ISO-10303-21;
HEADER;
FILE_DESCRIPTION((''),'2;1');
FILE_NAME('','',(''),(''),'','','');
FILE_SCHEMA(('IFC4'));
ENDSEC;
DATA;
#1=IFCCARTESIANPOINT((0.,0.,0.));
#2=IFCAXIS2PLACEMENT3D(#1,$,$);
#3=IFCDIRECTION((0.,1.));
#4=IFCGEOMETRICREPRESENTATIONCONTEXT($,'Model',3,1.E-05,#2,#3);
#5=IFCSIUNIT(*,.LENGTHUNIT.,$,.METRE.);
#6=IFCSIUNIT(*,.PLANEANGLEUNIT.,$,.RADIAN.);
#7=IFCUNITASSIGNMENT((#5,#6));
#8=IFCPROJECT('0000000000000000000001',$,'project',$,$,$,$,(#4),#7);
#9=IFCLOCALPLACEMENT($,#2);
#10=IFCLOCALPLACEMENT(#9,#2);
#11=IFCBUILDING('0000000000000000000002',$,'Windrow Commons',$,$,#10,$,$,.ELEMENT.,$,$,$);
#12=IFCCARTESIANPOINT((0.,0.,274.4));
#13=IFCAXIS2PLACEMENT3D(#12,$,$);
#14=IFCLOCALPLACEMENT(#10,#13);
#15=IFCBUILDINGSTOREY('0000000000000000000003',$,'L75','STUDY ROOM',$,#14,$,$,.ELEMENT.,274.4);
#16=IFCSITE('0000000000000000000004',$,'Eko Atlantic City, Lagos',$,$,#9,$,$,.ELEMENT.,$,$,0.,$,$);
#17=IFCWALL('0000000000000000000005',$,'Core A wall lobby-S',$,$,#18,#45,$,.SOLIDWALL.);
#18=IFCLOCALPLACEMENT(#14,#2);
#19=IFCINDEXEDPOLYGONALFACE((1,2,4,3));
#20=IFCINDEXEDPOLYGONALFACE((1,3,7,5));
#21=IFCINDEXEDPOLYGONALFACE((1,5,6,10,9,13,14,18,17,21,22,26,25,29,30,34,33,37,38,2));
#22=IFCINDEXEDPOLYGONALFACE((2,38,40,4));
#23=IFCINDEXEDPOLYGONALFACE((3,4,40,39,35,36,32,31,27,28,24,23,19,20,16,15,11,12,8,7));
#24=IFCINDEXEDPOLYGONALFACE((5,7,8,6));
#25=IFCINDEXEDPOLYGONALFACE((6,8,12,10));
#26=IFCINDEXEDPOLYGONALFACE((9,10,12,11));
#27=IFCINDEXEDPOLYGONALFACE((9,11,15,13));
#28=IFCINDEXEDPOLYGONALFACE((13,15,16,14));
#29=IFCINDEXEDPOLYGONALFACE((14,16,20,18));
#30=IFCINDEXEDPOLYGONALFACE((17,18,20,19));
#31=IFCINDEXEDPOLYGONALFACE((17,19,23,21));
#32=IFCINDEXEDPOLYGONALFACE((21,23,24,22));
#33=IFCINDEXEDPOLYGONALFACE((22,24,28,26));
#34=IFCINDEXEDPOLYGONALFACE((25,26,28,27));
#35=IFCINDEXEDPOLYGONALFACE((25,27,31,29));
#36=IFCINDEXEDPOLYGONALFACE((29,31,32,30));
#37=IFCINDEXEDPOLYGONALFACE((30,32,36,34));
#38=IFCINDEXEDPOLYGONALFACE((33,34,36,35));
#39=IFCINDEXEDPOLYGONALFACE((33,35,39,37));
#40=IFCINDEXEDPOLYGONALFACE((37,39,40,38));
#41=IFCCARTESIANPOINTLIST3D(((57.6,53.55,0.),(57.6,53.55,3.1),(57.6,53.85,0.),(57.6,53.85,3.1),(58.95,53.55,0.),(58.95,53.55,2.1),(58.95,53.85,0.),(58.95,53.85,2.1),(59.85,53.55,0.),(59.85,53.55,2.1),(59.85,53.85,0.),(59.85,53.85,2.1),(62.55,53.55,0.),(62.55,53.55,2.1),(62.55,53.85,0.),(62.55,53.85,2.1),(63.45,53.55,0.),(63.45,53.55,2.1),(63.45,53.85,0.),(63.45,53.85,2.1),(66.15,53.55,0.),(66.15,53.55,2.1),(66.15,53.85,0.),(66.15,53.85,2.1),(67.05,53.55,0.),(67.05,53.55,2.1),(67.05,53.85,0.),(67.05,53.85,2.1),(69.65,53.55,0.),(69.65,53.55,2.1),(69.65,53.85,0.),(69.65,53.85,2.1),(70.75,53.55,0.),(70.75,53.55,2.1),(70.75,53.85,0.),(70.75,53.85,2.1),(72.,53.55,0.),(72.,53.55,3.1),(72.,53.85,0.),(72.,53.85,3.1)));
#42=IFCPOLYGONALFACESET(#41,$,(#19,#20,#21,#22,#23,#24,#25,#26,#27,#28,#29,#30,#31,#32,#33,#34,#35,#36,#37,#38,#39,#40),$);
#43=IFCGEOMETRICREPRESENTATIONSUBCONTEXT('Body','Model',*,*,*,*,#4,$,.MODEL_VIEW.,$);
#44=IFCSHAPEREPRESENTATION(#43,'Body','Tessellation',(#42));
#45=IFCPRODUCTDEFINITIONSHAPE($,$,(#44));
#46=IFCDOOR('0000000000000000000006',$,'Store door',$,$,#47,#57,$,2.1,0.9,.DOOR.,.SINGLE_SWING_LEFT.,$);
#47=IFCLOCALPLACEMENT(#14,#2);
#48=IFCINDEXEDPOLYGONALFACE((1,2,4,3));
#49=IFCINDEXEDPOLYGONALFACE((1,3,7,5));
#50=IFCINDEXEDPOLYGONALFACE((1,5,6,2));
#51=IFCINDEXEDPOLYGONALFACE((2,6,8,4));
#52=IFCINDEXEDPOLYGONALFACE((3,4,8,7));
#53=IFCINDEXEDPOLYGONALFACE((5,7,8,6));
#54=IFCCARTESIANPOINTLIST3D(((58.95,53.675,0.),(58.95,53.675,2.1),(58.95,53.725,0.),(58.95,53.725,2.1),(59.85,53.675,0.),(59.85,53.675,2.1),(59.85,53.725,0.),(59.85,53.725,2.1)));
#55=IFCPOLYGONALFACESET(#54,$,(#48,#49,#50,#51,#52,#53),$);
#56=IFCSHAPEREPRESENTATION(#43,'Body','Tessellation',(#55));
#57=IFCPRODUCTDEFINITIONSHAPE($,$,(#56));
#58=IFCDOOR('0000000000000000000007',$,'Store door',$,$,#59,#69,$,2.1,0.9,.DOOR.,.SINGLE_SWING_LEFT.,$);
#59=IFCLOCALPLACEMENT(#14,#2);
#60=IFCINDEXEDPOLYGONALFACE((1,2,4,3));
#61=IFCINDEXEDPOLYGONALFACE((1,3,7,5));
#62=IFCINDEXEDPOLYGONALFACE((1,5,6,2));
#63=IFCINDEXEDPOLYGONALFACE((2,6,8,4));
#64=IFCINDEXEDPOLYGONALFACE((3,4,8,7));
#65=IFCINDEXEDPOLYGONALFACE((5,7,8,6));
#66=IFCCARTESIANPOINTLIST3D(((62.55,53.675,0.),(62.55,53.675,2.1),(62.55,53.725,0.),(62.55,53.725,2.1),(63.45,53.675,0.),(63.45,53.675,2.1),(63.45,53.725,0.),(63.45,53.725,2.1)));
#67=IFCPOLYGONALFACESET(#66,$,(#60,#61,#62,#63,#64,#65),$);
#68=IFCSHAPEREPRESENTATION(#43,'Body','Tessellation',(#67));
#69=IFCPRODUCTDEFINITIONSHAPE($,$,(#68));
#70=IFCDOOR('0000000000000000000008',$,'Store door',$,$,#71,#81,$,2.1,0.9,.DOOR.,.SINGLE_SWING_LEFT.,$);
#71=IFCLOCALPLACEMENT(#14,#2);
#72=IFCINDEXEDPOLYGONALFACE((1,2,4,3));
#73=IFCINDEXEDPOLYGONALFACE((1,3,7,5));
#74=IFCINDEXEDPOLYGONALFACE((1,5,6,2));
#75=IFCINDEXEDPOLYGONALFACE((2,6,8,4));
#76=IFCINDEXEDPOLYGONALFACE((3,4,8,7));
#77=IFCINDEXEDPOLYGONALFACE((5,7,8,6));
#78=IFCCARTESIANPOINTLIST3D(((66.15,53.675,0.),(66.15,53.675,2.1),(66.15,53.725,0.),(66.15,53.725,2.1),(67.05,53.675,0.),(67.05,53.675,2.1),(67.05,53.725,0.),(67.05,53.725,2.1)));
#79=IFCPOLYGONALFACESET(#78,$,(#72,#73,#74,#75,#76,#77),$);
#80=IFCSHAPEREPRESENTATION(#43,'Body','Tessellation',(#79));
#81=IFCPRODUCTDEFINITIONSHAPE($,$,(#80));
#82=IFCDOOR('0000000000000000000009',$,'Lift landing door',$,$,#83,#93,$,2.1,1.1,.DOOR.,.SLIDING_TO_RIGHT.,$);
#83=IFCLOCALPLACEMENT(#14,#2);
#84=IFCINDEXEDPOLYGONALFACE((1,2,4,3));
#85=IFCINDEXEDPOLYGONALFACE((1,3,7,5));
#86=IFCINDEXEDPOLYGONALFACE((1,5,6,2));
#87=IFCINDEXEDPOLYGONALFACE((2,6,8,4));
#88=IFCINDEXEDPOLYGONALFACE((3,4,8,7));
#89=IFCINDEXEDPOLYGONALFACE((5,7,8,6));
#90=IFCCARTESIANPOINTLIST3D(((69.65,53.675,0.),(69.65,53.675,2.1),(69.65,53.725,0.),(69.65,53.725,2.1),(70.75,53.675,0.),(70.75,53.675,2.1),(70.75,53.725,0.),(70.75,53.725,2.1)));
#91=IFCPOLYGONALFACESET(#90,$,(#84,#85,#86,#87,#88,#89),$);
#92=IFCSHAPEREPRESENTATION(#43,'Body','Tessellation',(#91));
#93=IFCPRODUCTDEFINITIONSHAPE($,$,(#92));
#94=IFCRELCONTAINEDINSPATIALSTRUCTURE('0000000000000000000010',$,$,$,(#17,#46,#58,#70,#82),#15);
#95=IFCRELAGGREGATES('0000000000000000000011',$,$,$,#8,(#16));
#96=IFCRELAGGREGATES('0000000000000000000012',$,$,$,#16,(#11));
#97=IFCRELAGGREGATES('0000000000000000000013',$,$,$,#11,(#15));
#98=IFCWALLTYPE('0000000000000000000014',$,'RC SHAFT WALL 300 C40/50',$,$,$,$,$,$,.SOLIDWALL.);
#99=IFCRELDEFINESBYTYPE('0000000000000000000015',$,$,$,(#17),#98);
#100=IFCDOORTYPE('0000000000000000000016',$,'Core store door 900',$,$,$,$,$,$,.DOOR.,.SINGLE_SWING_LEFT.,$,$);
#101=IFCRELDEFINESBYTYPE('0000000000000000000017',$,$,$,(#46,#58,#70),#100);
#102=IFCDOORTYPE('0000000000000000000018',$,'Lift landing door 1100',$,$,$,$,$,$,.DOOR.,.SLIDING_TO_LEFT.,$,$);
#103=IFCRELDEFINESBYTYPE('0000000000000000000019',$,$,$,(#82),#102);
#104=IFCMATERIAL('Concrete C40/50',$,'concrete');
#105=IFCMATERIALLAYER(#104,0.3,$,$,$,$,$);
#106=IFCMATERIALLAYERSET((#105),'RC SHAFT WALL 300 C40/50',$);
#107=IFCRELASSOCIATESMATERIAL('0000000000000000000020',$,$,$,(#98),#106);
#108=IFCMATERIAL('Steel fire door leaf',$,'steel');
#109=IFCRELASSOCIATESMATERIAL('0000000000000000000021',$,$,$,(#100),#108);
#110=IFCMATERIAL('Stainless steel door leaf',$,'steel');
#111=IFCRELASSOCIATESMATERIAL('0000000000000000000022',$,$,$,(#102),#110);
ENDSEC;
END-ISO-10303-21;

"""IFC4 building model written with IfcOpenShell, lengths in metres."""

from ifc_helpers import new_model, si_unit, direction, frame, frame_2d, origin, place, context, subcontext, project, spatial, rectangle, extrude, material, layer, layer_set, type_object, element, fill, save


model = new_model("IFC4")

# Units and contexts
model_context = context("Model", 3, precision=1e-05, world=origin(), true_north=direction((0.0, 1.0)))
body_context = subcontext(model_context, "Body", "Model", "MODEL_VIEW")
ifc_project = project(units=[si_unit("LENGTHUNIT", "METRE"), si_unit("PLANEANGLEUNIT", "RADIAN")], contexts=[model_context])

# Site, building, storey
site_placement = place(None, origin())
site = spatial("IfcSite", under=ifc_project, at=site_placement, Name="Eko Atlantic City, Lagos", CompositionType="ELEMENT", RefElevation=0.0)
building_placement = place(site_placement, origin())
building = spatial("IfcBuilding", under=site, at=building_placement, Name="Windrow Commons", CompositionType="ELEMENT")
storey_placement = place(building_placement, frame((0.0, 0.0, 274.4)))
storey = spatial("IfcBuildingStorey", under=building, at=storey_placement, Name="L75", Description="STUDY ROOM", CompositionType="ELEMENT", Elevation=274.4)

# Wall, openings, doors
ifc_material_1 = material(Name="Concrete C40/50", Category="concrete")
ifc_layer_1 = layer(ifc_material_1, 0.3)
ifc_layer_set_1 = layer_set([ifc_layer_1], Name="RC SHAFT WALL 300 C40/50")
wall_type_1 = type_object("IfcWallType", Name="RC SHAFT WALL 300 C40/50", PredefinedType="SOLIDWALL", material=ifc_layer_set_1)
wall_1_placement = place(storey_placement, frame((57.6, 53.7, 0.0), z_axis=(0.0, 0.0, 1.0), x_axis=(1.0, 0.0, 0.0)))
wall_1 = element("IfcWall", 1, at=wall_1_placement, inside=storey, type_object=wall_type_1, Name="Core A wall lobby-S", PredefinedType="SOLIDWALL", context=body_context, shape_type="SweptSolid", body=[
    extrude(rectangle(XDim=14.4, YDim=0.3, at=frame_2d((7.2, 0.0))), origin(), (0.0, 0.0, 1.0), 3.1),
])
opening_1_placement = place(wall_1_placement, frame((1.35, 0.0, 0.0)))
opening_1 = element("IfcOpeningElement", 2, at=opening_1_placement, cuts=wall_1, PredefinedType="OPENING", context=body_context, shape_type="SweptSolid", body=[
    extrude(rectangle(XDim=0.9, YDim=2.1, at=frame_2d((0.45, 1.05))), frame((0.0, 0.16, 0.0), z_axis=(0.0, -1.0, 0.0), x_axis=(1.0, 0.0, 0.0)), (0.0, 0.0, 1.0), 0.32),
])
opening_2_placement = place(wall_1_placement, frame((4.95, 0.0, 0.0)))
opening_2 = element("IfcOpeningElement", 3, at=opening_2_placement, cuts=wall_1, PredefinedType="OPENING", context=body_context, shape_type="SweptSolid", body=[
    extrude(rectangle(XDim=0.9, YDim=2.1, at=frame_2d((0.45, 1.05))), frame((0.0, 0.16, 0.0), z_axis=(0.0, -1.0, 0.0), x_axis=(1.0, 0.0, 0.0)), (0.0, 0.0, 1.0), 0.32),
])
opening_3_placement = place(wall_1_placement, frame((8.55, 0.0, 0.0)))
opening_3 = element("IfcOpeningElement", 4, at=opening_3_placement, cuts=wall_1, PredefinedType="OPENING", context=body_context, shape_type="SweptSolid", body=[
    extrude(rectangle(XDim=0.9, YDim=2.1, at=frame_2d((0.45, 1.05))), frame((0.0, 0.16, 0.0), z_axis=(0.0, -1.0, 0.0), x_axis=(1.0, 0.0, 0.0)), (0.0, 0.0, 1.0), 0.32),
])
opening_4_placement = place(wall_1_placement, frame((12.05, 0.0, 0.0)))
opening_4 = element("IfcOpeningElement", 5, at=opening_4_placement, cuts=wall_1, PredefinedType="OPENING", context=body_context, shape_type="SweptSolid", body=[
    extrude(rectangle(XDim=1.1, YDim=2.1, at=frame_2d((0.55, 1.05))), frame((0.0, 0.16, 0.0), z_axis=(0.0, -1.0, 0.0), x_axis=(1.0, 0.0, 0.0)), (0.0, 0.0, 1.0), 0.32),
])
ifc_material_2 = material(Name="Steel fire door leaf", Category="steel")
door_type_1 = type_object("IfcDoorType", Name="Core store door 900", OperationType="SINGLE_SWING_LEFT", PredefinedType="DOOR", material=ifc_material_2)
door_1_placement = place(opening_1_placement, origin())
door_1 = element("IfcDoor", 6, at=door_1_placement, inside=storey, type_object=door_type_1, Name="Store door", OperationType="SINGLE_SWING_LEFT", OverallHeight=2.1, OverallWidth=0.9, PredefinedType="DOOR", context=body_context, shape_type="SweptSolid", body=[
    extrude(rectangle(XDim=0.9, YDim=2.1, at=frame_2d((0.45, 1.05))), frame((0.0, 0.025, 0.0), z_axis=(0.0, -1.0, 0.0), x_axis=(1.0, 0.0, 0.0)), (0.0, 0.0, 1.0), 0.05),
])
fill(opening_1, door_1)
door_2_placement = place(opening_2_placement, origin())
door_2 = element("IfcDoor", 7, at=door_2_placement, inside=storey, type_object=door_type_1, Name="Store door", OperationType="SINGLE_SWING_LEFT", OverallHeight=2.1, OverallWidth=0.9, PredefinedType="DOOR", context=body_context, shape_type="SweptSolid", body=[
    extrude(rectangle(XDim=0.9, YDim=2.1, at=frame_2d((0.45, 1.05))), frame((0.0, 0.025, 0.0), z_axis=(0.0, -1.0, 0.0), x_axis=(1.0, 0.0, 0.0)), (0.0, 0.0, 1.0), 0.05),
])
fill(opening_2, door_2)
door_3_placement = place(opening_3_placement, origin())
door_3 = element("IfcDoor", 8, at=door_3_placement, inside=storey, type_object=door_type_1, Name="Store door", OperationType="SINGLE_SWING_LEFT", OverallHeight=2.1, OverallWidth=0.9, PredefinedType="DOOR", context=body_context, shape_type="SweptSolid", body=[
    extrude(rectangle(XDim=0.9, YDim=2.1, at=frame_2d((0.45, 1.05))), frame((0.0, 0.025, 0.0), z_axis=(0.0, -1.0, 0.0), x_axis=(1.0, 0.0, 0.0)), (0.0, 0.0, 1.0), 0.05),
])
fill(opening_3, door_3)
ifc_material_3 = material(Name="Stainless steel door leaf", Category="steel")
door_type_2 = type_object("IfcDoorType", Name="Lift landing door 1100", OperationType="SLIDING_TO_LEFT", PredefinedType="DOOR", material=ifc_material_3)
door_4_placement = place(opening_4_placement, origin())
door_4 = element("IfcDoor", 9, at=door_4_placement, inside=storey, type_object=door_type_2, Name="Lift landing door", OperationType="SLIDING_TO_RIGHT", OverallHeight=2.1, OverallWidth=1.1, PredefinedType="DOOR", context=body_context, shape_type="SweptSolid", body=[
    extrude(rectangle(XDim=1.1, YDim=2.1, at=frame_2d((0.55, 1.05))), frame((0.0, 0.025, 0.0), z_axis=(0.0, -1.0, 0.0), x_axis=(1.0, 0.0, 0.0)), (0.0, 0.0, 1.0), 0.05),
])
fill(opening_4, door_4)

save(model, "model.ifc")
